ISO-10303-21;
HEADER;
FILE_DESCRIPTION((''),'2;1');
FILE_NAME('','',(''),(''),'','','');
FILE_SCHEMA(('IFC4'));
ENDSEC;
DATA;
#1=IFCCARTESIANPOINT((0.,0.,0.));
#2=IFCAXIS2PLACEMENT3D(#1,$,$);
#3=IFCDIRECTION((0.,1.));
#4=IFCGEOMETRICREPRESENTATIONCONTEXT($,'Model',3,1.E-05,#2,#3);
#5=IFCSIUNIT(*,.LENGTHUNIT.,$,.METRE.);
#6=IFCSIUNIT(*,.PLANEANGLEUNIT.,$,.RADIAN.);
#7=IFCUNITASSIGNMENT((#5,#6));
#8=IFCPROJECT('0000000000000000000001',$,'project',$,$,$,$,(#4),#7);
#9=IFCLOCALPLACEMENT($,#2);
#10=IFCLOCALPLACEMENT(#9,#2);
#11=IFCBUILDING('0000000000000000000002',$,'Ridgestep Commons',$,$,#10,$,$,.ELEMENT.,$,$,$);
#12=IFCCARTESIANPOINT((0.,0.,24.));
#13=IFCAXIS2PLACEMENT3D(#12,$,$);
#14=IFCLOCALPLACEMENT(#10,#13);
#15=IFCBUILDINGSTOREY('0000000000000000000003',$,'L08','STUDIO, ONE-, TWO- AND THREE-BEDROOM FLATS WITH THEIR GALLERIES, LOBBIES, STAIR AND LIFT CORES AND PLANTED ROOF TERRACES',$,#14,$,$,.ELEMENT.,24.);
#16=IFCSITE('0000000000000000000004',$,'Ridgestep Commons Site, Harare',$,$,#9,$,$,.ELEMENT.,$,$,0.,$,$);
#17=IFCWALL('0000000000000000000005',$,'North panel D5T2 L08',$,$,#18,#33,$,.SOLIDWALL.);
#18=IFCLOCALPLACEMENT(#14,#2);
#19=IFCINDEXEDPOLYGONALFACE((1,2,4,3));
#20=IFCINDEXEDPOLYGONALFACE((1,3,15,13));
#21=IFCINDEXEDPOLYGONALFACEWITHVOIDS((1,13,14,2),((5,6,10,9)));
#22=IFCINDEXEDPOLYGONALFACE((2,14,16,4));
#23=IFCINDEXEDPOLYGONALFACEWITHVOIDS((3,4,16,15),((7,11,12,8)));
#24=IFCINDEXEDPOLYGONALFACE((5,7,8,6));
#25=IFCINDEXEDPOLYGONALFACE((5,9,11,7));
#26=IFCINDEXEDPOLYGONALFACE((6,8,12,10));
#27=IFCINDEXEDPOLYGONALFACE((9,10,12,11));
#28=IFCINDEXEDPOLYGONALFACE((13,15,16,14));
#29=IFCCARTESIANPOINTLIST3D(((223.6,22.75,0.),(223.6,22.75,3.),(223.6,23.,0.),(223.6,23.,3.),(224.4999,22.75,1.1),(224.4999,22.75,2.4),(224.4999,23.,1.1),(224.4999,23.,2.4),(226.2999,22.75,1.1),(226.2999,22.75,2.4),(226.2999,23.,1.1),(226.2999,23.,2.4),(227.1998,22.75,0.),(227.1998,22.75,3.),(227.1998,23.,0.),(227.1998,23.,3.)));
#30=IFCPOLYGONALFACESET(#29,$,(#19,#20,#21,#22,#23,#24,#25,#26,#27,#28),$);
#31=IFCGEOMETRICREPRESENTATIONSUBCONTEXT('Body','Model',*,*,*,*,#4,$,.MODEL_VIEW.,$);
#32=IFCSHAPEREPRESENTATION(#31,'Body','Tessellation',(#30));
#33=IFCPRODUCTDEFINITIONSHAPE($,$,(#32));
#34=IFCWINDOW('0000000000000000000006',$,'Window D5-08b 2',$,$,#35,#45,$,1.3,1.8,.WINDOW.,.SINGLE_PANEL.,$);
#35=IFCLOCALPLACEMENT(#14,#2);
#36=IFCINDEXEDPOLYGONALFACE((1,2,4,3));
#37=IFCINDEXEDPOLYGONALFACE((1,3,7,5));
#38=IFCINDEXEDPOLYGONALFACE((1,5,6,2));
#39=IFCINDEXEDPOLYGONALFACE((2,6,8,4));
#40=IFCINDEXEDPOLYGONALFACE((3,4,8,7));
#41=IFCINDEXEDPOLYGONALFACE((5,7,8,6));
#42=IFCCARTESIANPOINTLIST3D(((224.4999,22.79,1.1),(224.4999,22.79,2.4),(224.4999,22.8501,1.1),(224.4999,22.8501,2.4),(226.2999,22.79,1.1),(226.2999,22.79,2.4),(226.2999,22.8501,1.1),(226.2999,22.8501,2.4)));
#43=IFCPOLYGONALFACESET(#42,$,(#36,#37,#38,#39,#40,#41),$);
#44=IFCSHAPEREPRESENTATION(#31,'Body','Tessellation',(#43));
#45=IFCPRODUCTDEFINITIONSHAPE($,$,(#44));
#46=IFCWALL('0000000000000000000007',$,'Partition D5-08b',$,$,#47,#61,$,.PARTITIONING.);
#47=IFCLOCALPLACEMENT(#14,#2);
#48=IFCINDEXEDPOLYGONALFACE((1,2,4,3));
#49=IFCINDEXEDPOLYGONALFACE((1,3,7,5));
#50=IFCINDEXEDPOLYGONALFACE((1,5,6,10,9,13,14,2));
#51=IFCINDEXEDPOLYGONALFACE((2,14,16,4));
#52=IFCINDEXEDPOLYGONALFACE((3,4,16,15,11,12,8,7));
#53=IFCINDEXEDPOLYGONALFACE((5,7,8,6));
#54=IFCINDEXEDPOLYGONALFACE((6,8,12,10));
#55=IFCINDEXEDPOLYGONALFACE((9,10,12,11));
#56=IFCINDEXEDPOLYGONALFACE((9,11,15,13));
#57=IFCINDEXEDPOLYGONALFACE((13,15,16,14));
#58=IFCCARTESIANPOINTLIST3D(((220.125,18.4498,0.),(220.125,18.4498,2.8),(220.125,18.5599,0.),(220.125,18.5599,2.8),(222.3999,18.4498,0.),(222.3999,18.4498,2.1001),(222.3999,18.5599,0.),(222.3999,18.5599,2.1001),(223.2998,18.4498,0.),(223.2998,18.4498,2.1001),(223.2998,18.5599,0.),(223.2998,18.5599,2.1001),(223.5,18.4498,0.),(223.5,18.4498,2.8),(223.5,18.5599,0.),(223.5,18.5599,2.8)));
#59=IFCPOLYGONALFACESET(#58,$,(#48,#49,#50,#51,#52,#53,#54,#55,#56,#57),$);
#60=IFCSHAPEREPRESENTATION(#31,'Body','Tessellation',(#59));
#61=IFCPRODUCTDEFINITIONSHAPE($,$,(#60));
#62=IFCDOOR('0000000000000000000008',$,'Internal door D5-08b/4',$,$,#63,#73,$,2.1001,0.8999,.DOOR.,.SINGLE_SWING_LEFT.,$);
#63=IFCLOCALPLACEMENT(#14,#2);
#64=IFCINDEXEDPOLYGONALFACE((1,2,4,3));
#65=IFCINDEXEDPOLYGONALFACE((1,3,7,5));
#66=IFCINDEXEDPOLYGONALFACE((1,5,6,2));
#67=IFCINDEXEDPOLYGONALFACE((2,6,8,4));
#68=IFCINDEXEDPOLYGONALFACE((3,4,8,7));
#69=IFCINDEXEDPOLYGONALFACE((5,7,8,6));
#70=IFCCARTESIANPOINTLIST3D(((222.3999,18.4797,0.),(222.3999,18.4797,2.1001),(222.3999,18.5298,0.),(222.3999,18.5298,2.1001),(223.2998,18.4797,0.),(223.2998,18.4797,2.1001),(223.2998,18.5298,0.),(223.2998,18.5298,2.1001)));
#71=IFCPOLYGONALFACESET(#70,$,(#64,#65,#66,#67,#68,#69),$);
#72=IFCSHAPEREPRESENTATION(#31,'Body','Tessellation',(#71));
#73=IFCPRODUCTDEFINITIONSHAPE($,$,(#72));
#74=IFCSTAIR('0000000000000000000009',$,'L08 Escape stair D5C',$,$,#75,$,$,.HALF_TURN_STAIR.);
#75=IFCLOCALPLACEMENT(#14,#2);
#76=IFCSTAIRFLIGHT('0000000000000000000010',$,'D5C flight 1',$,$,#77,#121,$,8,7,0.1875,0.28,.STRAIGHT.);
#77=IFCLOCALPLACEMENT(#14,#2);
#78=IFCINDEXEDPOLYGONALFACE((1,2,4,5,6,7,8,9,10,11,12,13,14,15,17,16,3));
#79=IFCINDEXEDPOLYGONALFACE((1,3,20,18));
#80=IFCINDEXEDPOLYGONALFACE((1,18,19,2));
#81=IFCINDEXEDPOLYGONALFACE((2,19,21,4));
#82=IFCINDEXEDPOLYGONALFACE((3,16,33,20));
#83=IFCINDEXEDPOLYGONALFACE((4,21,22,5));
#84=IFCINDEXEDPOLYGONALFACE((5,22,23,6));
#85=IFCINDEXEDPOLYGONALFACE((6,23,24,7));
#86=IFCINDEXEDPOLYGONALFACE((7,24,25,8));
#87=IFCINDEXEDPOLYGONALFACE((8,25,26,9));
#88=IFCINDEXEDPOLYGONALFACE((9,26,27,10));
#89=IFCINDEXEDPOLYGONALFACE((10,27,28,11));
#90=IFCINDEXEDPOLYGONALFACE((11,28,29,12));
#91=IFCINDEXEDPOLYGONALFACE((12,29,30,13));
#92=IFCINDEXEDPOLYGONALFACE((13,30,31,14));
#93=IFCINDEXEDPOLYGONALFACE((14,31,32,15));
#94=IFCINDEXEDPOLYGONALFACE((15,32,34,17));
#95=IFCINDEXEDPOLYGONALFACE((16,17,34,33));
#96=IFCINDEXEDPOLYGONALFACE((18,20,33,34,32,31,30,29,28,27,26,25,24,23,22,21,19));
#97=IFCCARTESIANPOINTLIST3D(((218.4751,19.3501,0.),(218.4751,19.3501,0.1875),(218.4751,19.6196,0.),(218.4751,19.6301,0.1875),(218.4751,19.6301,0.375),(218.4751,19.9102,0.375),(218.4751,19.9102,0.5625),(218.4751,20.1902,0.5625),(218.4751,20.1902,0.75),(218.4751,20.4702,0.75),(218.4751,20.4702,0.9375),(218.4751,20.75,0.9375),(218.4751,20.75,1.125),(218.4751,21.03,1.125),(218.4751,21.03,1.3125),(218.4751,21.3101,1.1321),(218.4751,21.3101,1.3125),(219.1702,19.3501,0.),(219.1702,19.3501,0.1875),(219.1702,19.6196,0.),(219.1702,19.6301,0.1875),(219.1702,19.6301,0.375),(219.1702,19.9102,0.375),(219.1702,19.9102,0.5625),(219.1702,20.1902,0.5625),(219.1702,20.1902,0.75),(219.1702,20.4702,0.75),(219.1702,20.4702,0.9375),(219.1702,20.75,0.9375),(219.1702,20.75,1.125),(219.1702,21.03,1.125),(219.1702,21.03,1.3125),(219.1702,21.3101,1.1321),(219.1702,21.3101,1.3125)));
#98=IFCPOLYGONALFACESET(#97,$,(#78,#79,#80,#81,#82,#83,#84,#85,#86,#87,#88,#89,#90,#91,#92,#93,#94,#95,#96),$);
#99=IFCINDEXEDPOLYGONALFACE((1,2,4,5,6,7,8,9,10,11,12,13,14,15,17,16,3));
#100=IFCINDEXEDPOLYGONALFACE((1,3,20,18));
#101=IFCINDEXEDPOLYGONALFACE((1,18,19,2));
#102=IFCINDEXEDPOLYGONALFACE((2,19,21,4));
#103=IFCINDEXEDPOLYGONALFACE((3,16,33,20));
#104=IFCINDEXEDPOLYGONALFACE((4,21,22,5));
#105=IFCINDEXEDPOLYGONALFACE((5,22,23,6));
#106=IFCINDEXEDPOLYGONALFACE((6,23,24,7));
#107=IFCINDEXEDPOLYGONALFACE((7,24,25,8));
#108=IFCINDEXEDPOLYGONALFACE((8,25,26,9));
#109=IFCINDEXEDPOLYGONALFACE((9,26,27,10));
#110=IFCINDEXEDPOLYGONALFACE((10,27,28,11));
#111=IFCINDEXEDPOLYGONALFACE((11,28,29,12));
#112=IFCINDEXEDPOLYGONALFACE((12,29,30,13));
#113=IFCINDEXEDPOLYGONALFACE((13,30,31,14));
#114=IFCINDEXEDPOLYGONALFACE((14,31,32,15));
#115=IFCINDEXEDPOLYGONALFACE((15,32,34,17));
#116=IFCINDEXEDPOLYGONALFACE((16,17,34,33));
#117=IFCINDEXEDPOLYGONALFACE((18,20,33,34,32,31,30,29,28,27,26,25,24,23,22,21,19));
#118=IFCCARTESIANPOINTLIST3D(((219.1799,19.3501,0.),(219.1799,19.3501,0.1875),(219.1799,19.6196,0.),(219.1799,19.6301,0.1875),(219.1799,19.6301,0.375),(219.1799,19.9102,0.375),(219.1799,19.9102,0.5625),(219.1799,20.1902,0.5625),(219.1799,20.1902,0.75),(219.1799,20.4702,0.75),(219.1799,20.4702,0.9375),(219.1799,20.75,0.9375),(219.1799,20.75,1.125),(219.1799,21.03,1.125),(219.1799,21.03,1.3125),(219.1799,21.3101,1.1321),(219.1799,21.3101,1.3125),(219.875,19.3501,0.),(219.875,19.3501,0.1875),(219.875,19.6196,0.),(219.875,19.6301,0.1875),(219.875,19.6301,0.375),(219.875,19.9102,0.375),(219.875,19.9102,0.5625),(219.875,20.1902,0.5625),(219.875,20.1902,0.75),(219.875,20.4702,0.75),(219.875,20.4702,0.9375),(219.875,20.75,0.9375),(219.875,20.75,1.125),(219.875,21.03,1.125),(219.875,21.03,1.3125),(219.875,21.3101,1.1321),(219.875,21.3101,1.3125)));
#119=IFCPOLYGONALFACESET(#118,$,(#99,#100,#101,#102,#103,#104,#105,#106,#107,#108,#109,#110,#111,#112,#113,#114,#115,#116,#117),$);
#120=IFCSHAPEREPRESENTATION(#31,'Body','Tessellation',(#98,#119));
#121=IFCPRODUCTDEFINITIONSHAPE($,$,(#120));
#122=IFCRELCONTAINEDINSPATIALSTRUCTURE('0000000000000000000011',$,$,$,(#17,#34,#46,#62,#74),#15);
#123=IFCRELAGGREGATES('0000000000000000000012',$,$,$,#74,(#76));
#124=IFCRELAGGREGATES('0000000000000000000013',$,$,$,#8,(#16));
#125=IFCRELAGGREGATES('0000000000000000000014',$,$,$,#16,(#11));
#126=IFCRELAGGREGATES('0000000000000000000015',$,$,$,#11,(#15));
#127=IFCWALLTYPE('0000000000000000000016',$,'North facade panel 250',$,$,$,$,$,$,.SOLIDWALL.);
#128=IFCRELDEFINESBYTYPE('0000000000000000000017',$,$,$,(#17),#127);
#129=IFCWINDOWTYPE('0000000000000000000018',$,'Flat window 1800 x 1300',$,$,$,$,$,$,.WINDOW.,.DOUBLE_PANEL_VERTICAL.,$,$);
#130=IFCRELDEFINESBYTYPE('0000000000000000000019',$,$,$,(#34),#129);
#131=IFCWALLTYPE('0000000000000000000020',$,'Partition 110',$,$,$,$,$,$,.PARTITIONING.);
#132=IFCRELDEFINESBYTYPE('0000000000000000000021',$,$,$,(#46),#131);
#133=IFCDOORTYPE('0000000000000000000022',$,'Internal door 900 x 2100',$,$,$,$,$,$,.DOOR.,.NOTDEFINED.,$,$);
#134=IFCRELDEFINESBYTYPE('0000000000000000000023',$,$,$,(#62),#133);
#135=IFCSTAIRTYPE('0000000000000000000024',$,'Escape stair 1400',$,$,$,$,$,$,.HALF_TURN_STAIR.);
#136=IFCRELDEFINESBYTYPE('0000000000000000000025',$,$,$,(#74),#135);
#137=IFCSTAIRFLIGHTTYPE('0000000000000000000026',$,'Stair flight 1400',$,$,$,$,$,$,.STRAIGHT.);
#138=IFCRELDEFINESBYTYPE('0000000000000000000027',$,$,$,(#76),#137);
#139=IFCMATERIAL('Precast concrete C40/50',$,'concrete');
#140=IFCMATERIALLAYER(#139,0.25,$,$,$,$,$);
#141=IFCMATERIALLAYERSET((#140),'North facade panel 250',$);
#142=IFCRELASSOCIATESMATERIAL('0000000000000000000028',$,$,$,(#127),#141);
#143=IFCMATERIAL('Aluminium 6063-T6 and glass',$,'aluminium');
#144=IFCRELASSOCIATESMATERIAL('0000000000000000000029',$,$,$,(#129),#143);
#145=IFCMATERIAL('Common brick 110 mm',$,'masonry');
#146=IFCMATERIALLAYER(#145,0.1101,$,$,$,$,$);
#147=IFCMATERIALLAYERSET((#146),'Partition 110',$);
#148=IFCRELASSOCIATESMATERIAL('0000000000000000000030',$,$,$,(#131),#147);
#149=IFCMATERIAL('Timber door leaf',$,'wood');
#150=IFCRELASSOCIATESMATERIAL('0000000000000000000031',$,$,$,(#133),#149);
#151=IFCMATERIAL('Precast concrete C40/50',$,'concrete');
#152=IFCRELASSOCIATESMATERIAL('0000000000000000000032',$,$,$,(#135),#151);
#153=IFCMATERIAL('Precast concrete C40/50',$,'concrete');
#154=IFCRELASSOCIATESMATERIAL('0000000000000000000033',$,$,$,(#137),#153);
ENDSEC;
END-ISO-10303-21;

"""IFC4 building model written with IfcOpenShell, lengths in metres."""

from ifc_helpers import new_model, si_unit, direction, frame, frame_2d, origin, place, context, subcontext, project, spatial, polyline, rectangle, outline, extrude, material, layer, layer_set, type_object, element, fill, aggregate, save


model = new_model("IFC4")

# Units and contexts
model_context = context("Model", 3, precision=1e-05, world=origin(), true_north=direction((0.0, 1.0)))
body_context = subcontext(model_context, "Body", "Model", "MODEL_VIEW")
ifc_project = project(units=[si_unit("LENGTHUNIT", "METRE"), si_unit("PLANEANGLEUNIT", "RADIAN")], contexts=[model_context])

# Site, building, storey
site_placement = place(None, origin())
site = spatial("IfcSite", under=ifc_project, at=site_placement, Name="Ridgestep Commons Site, Harare", CompositionType="ELEMENT", RefElevation=0.0)
building_placement = place(site_placement, origin())
building = spatial("IfcBuilding", under=site, at=building_placement, Name="Ridgestep Commons", CompositionType="ELEMENT")
storey_placement = place(building_placement, frame((0.0, 0.0, 24.0)))
storey = spatial("IfcBuildingStorey", under=building, at=storey_placement, Name="L08", Description="STUDIO, ONE-, TWO- AND THREE-BEDROOM FLATS WITH THEIR GALLERIES, LOBBIES, STAIR AND LIFT CORES AND PLANTED ROOF TERRACES", CompositionType="ELEMENT", Elevation=24.0)

# Shared definitions
ifc_material_1 = material(Name="Precast concrete C40/50", Category="concrete")
ifc_layer_1 = layer(ifc_material_1, 0.25)
ifc_layer_set_1 = layer_set([ifc_layer_1], Name="North facade panel 250")
wall_type_1 = type_object("IfcWallType", Name="North facade panel 250", PredefinedType="SOLIDWALL", material=ifc_layer_set_1)
ifc_material_2 = material(Name="Aluminium 6063-T6 and glass", Category="aluminium")
window_type = type_object("IfcWindowType", Name="Flat window 1800 x 1300", PartitioningType="DOUBLE_PANEL_VERTICAL", PredefinedType="WINDOW", material=ifc_material_2)

# Wall, opening, window
wall_1_placement = place(storey_placement, frame((223.6001, 22.875, 0.0), z_axis=(0.0, 0.0, 1.0), x_axis=(1.0, 0.0, 0.0)))
wall_1 = element("IfcWall", 1, at=wall_1_placement, inside=storey, type_object=wall_type_1, Name="North panel D5T2 L08", PredefinedType="SOLIDWALL", context=body_context, shape_type="SweptSolid", body=[
    extrude(rectangle(XDim=3.5999, YDim=0.25, at=frame_2d((1.7998, 0.0))), origin(), (0.0, 0.0, 1.0), 3.0),
])
opening_1_placement = place(wall_1_placement, frame((0.8999, 0.0, 1.1001)))
opening_1 = element("IfcOpeningElement", 2, at=opening_1_placement, cuts=wall_1, PredefinedType="OPENING", context=body_context, shape_type="SweptSolid", body=[
    extrude(rectangle(XDim=1.8, YDim=1.3, at=frame_2d((0.8999, 0.6499))), frame((0.0, 0.135, 0.0), z_axis=(0.0, -1.0, 0.0), x_axis=(1.0, 0.0, 0.0)), (0.0, 0.0, 1.0), 0.27),
])
window_1_placement = place(opening_1_placement, origin())
window_1 = element("IfcWindow", 3, at=window_1_placement, inside=storey, type_object=window_type, Name="Window D5-08b 2", OverallHeight=1.3, OverallWidth=1.8, PartitioningType="SINGLE_PANEL", PredefinedType="WINDOW", context=body_context, shape_type="SweptSolid", body=[
    extrude(rectangle(XDim=1.8, YDim=1.3, at=frame_2d((0.8999, 0.6499))), frame((0.0, -0.0249, 0.0), z_axis=(0.0, -1.0, 0.0), x_axis=(1.0, 0.0, 0.0)), (0.0, 0.0, 1.0), 0.0601),
])
fill(opening_1, window_1)

# Wall, opening, door
ifc_material_3 = material(Name="Common brick 110 mm", Category="masonry")
ifc_layer_2 = layer(ifc_material_3, 0.1101)
ifc_layer_set_2 = layer_set([ifc_layer_2], Name="Partition 110")
wall_type_2 = type_object("IfcWallType", Name="Partition 110", PredefinedType="PARTITIONING", material=ifc_layer_set_2)
wall_2_placement = place(storey_placement, frame((220.125, 18.5049, 0.0), z_axis=(0.0, 0.0, 1.0), x_axis=(1.0, 0.0, 0.0)))
wall_2 = element("IfcWall", 4, at=wall_2_placement, inside=storey, type_object=wall_type_2, Name="Partition D5-08b", PredefinedType="PARTITIONING", context=body_context, shape_type="SweptSolid", body=[
    extrude(rectangle(XDim=3.375, YDim=0.1101, at=frame_2d((1.6875, 0.0))), origin(), (0.0, 0.0, 1.0), 2.8),
])
opening_2_placement = place(wall_2_placement, frame((2.2749, 0.0, 0.0)))
opening_2 = element("IfcOpeningElement", 5, at=opening_2_placement, cuts=wall_2, PredefinedType="OPENING", context=body_context, shape_type="SweptSolid", body=[
    extrude(rectangle(XDim=0.8999, YDim=2.1001, at=frame_2d((0.45, 1.05))), frame((0.0, 0.0649, 0.0), z_axis=(0.0, -1.0, 0.0), x_axis=(1.0, 0.0, 0.0)), (0.0, 0.0, 1.0), 0.1301),
])
ifc_material_4 = material(Name="Timber door leaf", Category="wood")
door_type_1 = type_object("IfcDoorType", Name="Internal door 900 x 2100", OperationType="NOTDEFINED", PredefinedType="DOOR", material=ifc_material_4)
door_1_placement = place(opening_2_placement, origin())
door_1 = element("IfcDoor", 6, at=door_1_placement, inside=storey, type_object=door_type_1, Name="Internal door D5-08b/4", OperationType="SINGLE_SWING_LEFT", OverallHeight=2.1001, OverallWidth=0.8999, PredefinedType="DOOR", context=body_context, shape_type="SweptSolid", body=[
    extrude(rectangle(XDim=0.8999, YDim=2.1001, at=frame_2d((0.45, 1.05))), frame((0.0, 0.0249, 0.0), z_axis=(0.0, -1.0, 0.0), x_axis=(1.0, 0.0, 0.0)), (0.0, 0.0, 1.0), 0.05),
])
fill(opening_2, door_1)

# Stair, stair flight
ifc_material_5 = material(Name="Precast concrete C40/50", Category="concrete")
stair_type = type_object("IfcStairType", Name="Escape stair 1400", PredefinedType="HALF_TURN_STAIR", material=ifc_material_5)
stair_placement = place(storey_placement, origin())
stair = element("IfcStair", 7, at=stair_placement, inside=storey, type_object=stair_type, Name="L08 Escape stair D5C", PredefinedType="HALF_TURN_STAIR")
ifc_material_6 = material(Name="Precast concrete C40/50", Category="concrete")
stair_flight_type = type_object("IfcStairFlightType", Name="Stair flight 1400", PredefinedType="STRAIGHT", material=ifc_material_6)
stair_flight_placement = place(storey_placement, frame((219.175, 19.3501, 0.0), z_axis=(0.0, 0.0, 1.0), x_axis=(0.0, 1.0, 0.0)))
stair_flight = element("IfcStairFlight", 8, at=stair_flight_placement, type_object=stair_flight_type, Name="D5C flight 1", NumberOfRisers=8, NumberOfTreads=7, PredefinedType="STRAIGHT", RiserHeight=0.1875, TreadLength=0.28, context=body_context, shape_type="SweptSolid", body=[
    extrude(outline(polyline([(0.0, 0.0), (0.0, 0.1875), (0.28, 0.1875), (0.28, 0.375), (0.5601, 0.375), (0.5601, 0.5625), (0.8401, 0.5625), (0.8401, 0.75), (1.1201, 0.75), (1.1201, 0.9375), (1.3999, 0.9375), (1.3999, 1.125), (1.6799, 1.125), (1.6799, 1.3125), (1.96, 1.3125), (1.96, 1.5), (1.96, 1.1321), (0.2695, 0.0), (0.0, 0.0)])), frame((0.0, 0.7, 0.0), z_axis=(0.0, -1.0, 0.0), x_axis=(1.0, 0.0, 0.0)), (0.0, 0.0, 1.0), 0.6951),
    extrude(outline(polyline([(0.0, 0.0), (0.0, 0.1875), (0.28, 0.1875), (0.28, 0.375), (0.5601, 0.375), (0.5601, 0.5625), (0.8401, 0.5625), (0.8401, 0.75), (1.1201, 0.75), (1.1201, 0.9375), (1.3999, 0.9375), (1.3999, 1.125), (1.6799, 1.125), (1.6799, 1.3125), (1.96, 1.3125), (1.96, 1.5), (1.96, 1.1321), (0.2695, 0.0), (0.0, 0.0)])), frame((0.0, -0.0049, 0.0), z_axis=(0.0, -1.0, 0.0), x_axis=(1.0, 0.0, 0.0)), (0.0, 0.0, 1.0), 0.6951),
])
aggregate(stair, [stair_flight])

save(model, "model.ifc")
